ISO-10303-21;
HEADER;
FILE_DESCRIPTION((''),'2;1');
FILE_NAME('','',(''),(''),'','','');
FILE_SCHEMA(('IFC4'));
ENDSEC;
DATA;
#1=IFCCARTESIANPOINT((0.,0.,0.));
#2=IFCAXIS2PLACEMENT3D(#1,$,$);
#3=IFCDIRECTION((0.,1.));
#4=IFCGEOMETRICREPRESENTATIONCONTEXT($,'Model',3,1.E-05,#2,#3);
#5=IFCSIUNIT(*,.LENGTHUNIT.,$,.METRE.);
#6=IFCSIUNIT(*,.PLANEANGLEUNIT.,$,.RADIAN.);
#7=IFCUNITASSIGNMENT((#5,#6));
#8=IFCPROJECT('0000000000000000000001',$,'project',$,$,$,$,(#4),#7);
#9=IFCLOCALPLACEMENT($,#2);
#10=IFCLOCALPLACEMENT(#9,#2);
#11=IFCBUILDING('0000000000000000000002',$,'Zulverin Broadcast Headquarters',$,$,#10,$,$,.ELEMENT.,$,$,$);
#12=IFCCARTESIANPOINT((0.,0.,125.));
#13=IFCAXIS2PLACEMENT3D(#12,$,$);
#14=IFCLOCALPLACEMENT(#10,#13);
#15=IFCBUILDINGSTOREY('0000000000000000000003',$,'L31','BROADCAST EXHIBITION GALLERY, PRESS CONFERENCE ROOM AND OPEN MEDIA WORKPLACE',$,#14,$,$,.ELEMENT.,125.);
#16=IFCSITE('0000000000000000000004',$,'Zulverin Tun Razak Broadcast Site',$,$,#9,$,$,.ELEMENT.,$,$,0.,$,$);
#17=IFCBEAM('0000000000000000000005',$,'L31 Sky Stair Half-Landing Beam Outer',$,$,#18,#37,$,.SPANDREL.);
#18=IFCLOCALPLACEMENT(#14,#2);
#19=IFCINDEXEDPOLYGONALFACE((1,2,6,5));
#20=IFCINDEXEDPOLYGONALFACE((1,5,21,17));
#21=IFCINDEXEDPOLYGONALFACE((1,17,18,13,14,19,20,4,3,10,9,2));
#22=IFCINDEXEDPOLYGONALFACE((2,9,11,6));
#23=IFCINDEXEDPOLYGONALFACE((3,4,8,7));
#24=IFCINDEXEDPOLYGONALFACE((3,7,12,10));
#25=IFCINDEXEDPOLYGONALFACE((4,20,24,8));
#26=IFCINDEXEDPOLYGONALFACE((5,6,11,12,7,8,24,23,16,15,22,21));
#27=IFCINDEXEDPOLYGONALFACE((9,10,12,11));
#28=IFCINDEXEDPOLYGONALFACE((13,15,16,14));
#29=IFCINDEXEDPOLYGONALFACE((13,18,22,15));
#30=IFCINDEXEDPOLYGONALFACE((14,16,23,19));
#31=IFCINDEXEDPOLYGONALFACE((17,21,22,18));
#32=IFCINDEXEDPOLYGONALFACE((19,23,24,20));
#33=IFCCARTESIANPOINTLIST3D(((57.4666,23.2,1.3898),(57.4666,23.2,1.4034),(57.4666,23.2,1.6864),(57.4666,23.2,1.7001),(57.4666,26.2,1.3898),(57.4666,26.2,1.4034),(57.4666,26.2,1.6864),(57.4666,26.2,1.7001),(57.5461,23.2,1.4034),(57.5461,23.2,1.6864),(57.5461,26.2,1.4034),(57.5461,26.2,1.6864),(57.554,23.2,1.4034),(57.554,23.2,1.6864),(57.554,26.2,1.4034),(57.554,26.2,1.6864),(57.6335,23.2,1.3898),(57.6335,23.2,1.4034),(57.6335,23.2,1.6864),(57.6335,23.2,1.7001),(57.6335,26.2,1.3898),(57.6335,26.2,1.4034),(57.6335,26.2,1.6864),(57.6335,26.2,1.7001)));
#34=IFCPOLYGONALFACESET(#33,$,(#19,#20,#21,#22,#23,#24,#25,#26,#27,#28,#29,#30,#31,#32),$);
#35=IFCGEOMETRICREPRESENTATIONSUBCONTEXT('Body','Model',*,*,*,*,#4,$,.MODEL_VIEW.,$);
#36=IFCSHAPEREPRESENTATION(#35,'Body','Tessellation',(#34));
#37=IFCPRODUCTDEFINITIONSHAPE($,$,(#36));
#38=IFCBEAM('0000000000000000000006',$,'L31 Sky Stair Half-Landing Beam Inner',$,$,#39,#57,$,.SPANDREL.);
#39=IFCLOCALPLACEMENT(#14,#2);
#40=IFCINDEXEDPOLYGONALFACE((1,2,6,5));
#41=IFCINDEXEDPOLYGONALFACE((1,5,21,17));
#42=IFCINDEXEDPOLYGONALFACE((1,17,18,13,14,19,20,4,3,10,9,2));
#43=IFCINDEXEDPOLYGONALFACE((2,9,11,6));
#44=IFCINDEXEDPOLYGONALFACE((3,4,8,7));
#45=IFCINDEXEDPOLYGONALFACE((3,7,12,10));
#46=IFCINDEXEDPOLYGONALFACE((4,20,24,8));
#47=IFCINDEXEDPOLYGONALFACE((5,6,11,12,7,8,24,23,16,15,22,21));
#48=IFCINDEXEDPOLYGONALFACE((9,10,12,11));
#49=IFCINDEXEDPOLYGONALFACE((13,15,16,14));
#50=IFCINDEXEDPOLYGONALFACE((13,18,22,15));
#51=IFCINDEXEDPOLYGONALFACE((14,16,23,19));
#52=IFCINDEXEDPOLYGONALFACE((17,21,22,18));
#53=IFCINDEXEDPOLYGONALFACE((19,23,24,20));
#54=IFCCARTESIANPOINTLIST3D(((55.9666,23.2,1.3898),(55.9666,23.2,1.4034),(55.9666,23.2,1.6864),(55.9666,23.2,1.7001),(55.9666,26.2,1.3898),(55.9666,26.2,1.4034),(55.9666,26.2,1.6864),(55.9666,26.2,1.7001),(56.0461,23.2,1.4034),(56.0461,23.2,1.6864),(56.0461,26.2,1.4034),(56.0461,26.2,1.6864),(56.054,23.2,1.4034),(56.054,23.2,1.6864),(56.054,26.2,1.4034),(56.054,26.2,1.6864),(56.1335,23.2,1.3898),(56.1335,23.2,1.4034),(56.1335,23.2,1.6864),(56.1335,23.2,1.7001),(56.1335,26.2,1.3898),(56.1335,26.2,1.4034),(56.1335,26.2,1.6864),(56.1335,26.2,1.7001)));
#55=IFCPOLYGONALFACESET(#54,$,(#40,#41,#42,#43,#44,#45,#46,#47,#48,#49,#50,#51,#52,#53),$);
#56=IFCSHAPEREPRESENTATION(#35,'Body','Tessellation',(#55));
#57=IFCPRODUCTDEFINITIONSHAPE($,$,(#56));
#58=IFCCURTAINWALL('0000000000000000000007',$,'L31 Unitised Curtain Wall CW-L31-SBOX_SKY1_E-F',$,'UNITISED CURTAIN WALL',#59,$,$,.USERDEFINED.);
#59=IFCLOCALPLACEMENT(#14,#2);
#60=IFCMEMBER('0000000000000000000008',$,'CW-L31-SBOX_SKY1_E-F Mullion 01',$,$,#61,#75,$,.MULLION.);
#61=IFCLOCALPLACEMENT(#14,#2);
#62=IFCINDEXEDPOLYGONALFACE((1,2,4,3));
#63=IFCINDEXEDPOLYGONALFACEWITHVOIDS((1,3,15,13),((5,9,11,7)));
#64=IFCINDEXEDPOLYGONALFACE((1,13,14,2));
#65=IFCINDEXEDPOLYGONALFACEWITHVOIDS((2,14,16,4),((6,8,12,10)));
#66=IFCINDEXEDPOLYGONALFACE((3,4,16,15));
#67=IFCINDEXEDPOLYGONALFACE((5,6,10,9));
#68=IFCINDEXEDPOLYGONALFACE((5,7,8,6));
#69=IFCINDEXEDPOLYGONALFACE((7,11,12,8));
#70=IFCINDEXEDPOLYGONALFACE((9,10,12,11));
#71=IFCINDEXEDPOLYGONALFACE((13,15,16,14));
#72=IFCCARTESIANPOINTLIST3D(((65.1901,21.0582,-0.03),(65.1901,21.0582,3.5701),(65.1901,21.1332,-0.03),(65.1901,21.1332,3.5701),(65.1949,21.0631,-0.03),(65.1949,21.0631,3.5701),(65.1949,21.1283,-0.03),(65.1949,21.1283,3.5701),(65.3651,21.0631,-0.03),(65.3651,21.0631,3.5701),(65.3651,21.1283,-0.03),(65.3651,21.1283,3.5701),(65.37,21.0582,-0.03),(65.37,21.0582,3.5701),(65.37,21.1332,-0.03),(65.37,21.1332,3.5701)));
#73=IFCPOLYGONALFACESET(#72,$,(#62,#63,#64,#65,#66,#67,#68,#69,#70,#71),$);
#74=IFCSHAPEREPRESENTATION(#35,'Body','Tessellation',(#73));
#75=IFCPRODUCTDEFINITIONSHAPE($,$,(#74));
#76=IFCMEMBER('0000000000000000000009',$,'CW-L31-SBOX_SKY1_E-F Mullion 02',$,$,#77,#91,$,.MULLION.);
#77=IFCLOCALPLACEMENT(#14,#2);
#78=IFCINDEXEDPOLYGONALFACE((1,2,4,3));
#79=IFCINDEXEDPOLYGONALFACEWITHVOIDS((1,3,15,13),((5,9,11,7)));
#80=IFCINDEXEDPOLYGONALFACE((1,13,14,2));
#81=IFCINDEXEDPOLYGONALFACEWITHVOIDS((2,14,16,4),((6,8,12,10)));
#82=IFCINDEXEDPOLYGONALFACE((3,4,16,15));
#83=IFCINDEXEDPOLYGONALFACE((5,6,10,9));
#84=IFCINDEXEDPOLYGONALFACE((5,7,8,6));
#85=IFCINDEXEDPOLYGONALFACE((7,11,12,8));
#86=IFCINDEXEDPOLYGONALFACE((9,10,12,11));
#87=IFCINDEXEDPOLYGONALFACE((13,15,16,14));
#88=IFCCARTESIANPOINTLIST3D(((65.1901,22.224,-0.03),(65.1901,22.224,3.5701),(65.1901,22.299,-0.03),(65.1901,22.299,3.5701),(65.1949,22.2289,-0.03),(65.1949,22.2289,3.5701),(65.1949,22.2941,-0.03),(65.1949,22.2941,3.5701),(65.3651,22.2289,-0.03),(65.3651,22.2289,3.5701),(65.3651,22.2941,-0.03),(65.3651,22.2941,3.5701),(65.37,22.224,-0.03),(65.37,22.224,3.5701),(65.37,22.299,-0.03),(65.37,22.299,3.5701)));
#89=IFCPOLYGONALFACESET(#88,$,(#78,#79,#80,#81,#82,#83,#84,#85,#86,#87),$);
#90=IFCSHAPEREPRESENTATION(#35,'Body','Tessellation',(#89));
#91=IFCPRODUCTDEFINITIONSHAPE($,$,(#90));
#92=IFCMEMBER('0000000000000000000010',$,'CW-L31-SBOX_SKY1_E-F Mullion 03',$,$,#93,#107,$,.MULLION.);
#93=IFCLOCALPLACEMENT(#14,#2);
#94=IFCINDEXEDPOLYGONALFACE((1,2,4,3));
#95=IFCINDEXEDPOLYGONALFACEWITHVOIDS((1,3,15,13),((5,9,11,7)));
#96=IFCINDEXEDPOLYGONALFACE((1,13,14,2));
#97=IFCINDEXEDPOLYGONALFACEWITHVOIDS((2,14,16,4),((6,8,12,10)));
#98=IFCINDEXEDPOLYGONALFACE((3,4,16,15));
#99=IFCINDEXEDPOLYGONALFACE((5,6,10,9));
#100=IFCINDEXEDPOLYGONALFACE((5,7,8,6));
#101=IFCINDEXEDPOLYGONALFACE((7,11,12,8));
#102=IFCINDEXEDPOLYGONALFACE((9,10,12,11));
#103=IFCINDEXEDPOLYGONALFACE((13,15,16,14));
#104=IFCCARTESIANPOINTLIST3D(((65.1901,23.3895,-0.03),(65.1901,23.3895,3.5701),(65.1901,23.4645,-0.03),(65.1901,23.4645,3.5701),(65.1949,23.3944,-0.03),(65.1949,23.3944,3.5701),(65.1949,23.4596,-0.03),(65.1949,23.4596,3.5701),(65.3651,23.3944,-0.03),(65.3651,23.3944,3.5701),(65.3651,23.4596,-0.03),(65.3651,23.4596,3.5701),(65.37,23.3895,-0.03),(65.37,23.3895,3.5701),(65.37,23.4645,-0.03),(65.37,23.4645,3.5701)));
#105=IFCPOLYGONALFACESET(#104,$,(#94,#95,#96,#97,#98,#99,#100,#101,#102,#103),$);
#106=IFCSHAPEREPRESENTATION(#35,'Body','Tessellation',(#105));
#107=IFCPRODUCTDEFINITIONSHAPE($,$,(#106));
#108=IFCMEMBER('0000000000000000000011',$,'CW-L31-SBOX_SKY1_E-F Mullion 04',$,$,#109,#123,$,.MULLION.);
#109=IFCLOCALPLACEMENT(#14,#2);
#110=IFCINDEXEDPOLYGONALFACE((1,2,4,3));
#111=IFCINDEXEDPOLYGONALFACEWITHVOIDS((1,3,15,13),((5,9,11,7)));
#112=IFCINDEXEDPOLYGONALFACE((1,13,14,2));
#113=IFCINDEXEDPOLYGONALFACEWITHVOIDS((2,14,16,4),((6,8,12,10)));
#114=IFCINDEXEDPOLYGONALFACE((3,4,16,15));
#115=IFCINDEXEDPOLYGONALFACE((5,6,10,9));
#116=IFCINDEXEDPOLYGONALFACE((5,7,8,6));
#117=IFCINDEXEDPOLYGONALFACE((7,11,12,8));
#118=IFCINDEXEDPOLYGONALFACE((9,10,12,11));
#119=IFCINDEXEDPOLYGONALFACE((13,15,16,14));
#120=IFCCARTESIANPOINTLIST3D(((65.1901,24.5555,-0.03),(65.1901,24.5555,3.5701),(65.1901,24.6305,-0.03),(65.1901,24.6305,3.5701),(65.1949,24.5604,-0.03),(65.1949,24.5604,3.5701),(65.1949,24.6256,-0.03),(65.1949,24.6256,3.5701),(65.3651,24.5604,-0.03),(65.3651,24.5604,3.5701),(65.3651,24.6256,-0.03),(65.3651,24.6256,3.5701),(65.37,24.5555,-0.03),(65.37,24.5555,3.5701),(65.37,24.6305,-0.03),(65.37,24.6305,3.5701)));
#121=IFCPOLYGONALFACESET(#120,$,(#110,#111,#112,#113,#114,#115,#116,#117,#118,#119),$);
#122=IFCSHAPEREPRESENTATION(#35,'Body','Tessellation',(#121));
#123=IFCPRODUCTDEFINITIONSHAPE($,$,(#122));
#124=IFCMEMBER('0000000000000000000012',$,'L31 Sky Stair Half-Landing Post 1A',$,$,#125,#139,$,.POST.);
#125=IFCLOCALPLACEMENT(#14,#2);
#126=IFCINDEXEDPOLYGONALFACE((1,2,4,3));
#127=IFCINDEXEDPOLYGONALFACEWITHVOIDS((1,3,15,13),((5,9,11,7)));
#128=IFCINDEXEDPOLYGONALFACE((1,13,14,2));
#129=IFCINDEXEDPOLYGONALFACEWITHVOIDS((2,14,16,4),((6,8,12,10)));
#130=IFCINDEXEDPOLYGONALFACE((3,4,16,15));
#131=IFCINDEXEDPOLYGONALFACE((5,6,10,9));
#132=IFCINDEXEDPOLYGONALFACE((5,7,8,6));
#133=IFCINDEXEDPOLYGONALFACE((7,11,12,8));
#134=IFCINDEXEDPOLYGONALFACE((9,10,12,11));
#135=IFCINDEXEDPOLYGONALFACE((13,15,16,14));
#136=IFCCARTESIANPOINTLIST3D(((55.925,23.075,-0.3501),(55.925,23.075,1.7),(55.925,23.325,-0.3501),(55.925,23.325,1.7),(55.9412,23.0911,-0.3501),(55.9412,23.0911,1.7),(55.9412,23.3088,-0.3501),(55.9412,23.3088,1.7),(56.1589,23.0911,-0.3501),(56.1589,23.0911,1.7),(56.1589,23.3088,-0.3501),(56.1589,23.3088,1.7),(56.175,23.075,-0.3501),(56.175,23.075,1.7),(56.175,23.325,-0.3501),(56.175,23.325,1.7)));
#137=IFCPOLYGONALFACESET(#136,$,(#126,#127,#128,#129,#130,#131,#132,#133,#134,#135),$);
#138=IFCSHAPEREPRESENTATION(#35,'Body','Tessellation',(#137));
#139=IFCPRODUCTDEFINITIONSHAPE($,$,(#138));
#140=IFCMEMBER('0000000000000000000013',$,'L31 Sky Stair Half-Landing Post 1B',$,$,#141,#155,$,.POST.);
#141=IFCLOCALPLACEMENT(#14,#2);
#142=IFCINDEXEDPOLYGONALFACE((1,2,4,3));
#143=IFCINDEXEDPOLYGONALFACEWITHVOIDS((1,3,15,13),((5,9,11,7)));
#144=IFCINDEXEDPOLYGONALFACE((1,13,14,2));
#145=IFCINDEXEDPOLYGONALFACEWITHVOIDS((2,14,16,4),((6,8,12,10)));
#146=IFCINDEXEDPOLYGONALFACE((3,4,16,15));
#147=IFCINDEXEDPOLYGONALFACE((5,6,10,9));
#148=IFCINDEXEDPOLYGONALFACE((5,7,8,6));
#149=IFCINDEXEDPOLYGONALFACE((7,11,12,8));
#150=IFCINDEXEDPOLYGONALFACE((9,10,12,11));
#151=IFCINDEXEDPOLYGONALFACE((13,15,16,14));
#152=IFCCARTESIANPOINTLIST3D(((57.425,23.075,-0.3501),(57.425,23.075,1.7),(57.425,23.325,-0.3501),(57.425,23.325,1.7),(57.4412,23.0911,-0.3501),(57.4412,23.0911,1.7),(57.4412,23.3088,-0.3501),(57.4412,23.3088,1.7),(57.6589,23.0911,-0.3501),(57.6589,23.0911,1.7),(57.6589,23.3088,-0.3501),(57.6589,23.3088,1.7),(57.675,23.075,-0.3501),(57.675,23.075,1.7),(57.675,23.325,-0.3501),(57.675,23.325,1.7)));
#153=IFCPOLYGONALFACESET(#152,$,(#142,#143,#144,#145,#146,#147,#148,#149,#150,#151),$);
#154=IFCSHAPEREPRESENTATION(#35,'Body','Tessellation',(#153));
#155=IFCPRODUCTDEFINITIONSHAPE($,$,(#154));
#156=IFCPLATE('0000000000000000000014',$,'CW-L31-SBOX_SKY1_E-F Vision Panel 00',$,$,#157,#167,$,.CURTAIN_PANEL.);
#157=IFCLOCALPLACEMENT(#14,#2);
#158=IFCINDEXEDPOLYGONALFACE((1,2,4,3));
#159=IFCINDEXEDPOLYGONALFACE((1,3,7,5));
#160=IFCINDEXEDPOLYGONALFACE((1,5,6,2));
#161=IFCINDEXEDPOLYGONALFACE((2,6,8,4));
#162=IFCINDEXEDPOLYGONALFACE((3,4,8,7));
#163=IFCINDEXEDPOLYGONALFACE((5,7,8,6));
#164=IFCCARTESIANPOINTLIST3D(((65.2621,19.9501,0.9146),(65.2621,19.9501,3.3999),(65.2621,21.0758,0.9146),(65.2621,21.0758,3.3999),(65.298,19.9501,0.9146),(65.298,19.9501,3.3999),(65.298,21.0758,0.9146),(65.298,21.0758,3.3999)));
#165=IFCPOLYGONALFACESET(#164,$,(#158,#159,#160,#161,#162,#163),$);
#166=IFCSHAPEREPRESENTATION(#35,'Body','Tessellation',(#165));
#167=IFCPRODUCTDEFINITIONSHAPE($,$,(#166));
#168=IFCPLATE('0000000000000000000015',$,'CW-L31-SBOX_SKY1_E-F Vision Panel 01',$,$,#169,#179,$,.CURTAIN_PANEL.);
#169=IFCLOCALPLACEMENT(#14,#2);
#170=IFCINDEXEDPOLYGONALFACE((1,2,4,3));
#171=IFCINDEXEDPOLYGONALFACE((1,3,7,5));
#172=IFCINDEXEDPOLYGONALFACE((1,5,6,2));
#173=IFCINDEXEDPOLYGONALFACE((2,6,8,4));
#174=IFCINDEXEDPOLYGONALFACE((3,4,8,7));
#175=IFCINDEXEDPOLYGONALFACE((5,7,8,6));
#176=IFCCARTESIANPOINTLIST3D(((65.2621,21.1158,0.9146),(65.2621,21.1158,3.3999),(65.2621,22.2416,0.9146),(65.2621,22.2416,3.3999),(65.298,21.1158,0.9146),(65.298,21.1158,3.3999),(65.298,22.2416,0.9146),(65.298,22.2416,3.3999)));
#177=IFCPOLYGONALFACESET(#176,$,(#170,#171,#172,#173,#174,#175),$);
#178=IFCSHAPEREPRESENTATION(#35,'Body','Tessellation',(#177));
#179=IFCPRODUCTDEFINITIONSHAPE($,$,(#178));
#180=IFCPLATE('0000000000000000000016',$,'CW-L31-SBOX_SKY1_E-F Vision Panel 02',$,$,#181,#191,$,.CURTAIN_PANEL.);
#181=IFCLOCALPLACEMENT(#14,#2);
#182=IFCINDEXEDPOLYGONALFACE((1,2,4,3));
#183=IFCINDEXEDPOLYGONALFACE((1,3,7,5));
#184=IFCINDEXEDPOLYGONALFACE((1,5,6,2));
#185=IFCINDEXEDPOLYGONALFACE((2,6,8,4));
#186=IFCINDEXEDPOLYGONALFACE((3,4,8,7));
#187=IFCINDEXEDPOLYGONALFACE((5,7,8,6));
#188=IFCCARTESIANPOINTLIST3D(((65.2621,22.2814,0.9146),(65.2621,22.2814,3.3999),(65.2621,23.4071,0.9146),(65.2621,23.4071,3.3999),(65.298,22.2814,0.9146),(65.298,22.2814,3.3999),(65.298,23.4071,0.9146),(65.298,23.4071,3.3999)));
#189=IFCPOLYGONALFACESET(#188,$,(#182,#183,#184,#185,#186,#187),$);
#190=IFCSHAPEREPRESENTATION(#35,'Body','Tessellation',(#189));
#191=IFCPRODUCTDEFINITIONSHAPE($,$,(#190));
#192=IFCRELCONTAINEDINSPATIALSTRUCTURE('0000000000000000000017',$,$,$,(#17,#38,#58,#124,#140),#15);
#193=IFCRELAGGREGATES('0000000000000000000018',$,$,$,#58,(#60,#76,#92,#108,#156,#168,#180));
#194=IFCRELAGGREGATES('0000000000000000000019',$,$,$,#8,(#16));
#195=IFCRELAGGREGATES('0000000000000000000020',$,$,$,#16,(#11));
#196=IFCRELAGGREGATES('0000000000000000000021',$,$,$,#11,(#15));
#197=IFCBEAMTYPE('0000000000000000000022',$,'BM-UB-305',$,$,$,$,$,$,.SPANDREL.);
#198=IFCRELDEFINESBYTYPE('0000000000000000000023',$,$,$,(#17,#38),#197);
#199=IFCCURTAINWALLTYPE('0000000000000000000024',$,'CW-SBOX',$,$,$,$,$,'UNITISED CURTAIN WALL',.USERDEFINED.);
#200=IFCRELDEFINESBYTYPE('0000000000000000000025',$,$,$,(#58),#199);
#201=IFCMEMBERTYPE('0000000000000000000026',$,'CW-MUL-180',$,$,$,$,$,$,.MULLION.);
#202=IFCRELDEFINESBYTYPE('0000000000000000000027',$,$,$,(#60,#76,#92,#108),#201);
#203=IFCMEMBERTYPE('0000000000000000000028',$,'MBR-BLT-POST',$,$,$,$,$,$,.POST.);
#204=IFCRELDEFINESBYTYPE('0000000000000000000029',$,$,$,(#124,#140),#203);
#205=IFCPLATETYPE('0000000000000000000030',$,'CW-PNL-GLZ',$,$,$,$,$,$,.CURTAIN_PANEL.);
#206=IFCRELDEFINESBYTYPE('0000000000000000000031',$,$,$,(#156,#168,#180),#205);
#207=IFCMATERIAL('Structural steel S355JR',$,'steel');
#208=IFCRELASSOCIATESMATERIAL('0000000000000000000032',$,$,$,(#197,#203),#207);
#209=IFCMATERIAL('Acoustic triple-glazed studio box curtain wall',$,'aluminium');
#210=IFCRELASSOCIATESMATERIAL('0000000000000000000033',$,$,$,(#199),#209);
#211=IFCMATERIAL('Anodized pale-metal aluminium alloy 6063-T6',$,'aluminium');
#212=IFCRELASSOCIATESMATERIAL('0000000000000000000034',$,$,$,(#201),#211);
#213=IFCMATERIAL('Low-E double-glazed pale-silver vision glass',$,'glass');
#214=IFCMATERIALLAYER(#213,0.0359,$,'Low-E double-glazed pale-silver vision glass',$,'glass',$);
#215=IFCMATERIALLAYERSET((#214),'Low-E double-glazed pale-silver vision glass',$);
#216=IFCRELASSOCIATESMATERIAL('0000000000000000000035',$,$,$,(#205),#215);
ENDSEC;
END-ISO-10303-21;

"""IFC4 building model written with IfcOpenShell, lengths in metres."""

from ifc_helpers import new_model, si_unit, direction, frame, origin, origin_2d, place, context, subcontext, project, spatial, rectangle, hollow_rectangle, i_section, extrude, material, layer, layer_set, material_profile, profile_set, type_object, element, aggregate, save


model = new_model("IFC4")

# Units and contexts
model_context = context("Model", 3, precision=1e-05, world=origin(), true_north=direction((0.0, 1.0)))
body_context = subcontext(model_context, "Body", "Model", "MODEL_VIEW")
ifc_project = project(units=[si_unit("LENGTHUNIT", "METRE"), si_unit("PLANEANGLEUNIT", "RADIAN")], contexts=[model_context])

# Site, building, storey
site_placement = place(None, origin())
site = spatial("IfcSite", under=ifc_project, at=site_placement, Name="Zulverin Tun Razak Broadcast Site", CompositionType="ELEMENT", RefElevation=0.0)
building_placement = place(site_placement, origin())
building = spatial("IfcBuilding", under=site, at=building_placement, Name="Zulverin Broadcast Headquarters", CompositionType="ELEMENT")
storey_placement = place(building_placement, frame((0.0, 0.0, 125.0)))
storey = spatial("IfcBuildingStorey", under=building, at=storey_placement, Name="L31", Description="BROADCAST EXHIBITION GALLERY, PRESS CONFERENCE ROOM AND OPEN MEDIA WORKPLACE", CompositionType="ELEMENT", Elevation=125.0)

# Beams
ifc_material_1 = material(Name="Structural steel S355JR", Category="steel")
ifc_material_profile_1 = material_profile(ifc_material_1, i_section(OverallWidth=0.167, OverallDepth=0.3103, WebThickness=0.0078, FlangeThickness=0.0137, at=origin_2d()), Name="Structural steel S355JR", Category="steel")
ifc_profile_set_1 = profile_set([ifc_material_profile_1], Name="Structural steel S355JR")
beam_type = type_object("IfcBeamType", Name="BM-UB-305", PredefinedType="SPANDREL", material=ifc_profile_set_1)
for number, where, z_axis, x_axis, name in (
    (1, (57.55, 23.2, 1.5449), (0.0, 1.0, 0.0), (-1.0, 0.0, 0.0), "L31 Sky Stair Half-Landing Beam Outer"),
    (2, (56.05, 23.2, 1.5449), (0.0, 1.0, 0.0), (-1.0, 0.0, 0.0), "L31 Sky Stair Half-Landing Beam Inner"),
):
    element("IfcBeam", number, at=place(storey_placement, frame(where, z_axis=z_axis, x_axis=x_axis)), inside=storey, type_object=beam_type, Name=name, PredefinedType="SPANDREL", context=body_context, shape_type="SweptSolid", body=[
        extrude(i_section(OverallWidth=0.167, OverallDepth=0.3103, WebThickness=0.0078, FlangeThickness=0.0137, at=origin_2d()), origin(), (0.0, 0.0, 1.0), 3.0),
    ])

# Curtain wall, members
ifc_material_2 = material(Name="Acoustic triple-glazed studio box curtain wall", Category="aluminium")
curtain_wall_type = type_object("IfcCurtainWallType", Name="CW-SBOX", ElementType="UNITISED CURTAIN WALL", PredefinedType="USERDEFINED", material=ifc_material_2)
curtain_wall_placement = place(storey_placement, origin())
curtain_wall = element("IfcCurtainWall", 3, at=curtain_wall_placement, inside=storey, type_object=curtain_wall_type, Name="L31 Unitised Curtain Wall CW-L31-SBOX_SKY1_E-F", ObjectType="UNITISED CURTAIN WALL", PredefinedType="USERDEFINED")
ifc_material_3 = material(Name="Anodized pale-metal aluminium alloy 6063-T6", Category="aluminium")
ifc_material_profile_2 = material_profile(ifc_material_3, hollow_rectangle(XDim=0.075, YDim=0.1799, WallThickness=0.0049, at=origin_2d()), Name="Anodized pale-metal aluminium alloy 6063-T6", Category="aluminium")
ifc_profile_set_2 = profile_set([ifc_material_profile_2], Name="Anodized pale-metal aluminium alloy 6063-T6")
member_type_1 = type_object("IfcMemberType", Name="CW-MUL-180", PredefinedType="MULLION", material=ifc_profile_set_2)
member_1_placement = place(storey_placement, frame((65.28, 21.0957, -0.03), z_axis=(0.0, 0.0, 1.0), x_axis=(0.0, 1.0, 0.0)))
member_1 = element("IfcMember", 4, at=member_1_placement, type_object=member_type_1, Name="CW-L31-SBOX_SKY1_E-F Mullion 01", PredefinedType="MULLION", context=body_context, shape_type="SweptSolid", body=[
    extrude(hollow_rectangle(XDim=0.075, YDim=0.1799, WallThickness=0.0049, at=origin_2d()), origin(), (0.0, 0.0, 1.0), 3.6001),
])
member_2_placement = place(storey_placement, frame((65.28, 22.2615, -0.03), z_axis=(0.0, 0.0, 1.0), x_axis=(0.0, 1.0, 0.0)))
member_2 = element("IfcMember", 5, at=member_2_placement, type_object=member_type_1, Name="CW-L31-SBOX_SKY1_E-F Mullion 02", PredefinedType="MULLION", context=body_context, shape_type="SweptSolid", body=[
    extrude(hollow_rectangle(XDim=0.075, YDim=0.1799, WallThickness=0.0049, at=origin_2d()), origin(), (0.0, 0.0, 1.0), 3.6001),
])
member_3_placement = place(storey_placement, frame((65.28, 23.427, -0.03), z_axis=(0.0, 0.0, 1.0), x_axis=(0.0, 1.0, 0.0)))
member_3 = element("IfcMember", 6, at=member_3_placement, type_object=member_type_1, Name="CW-L31-SBOX_SKY1_E-F Mullion 03", PredefinedType="MULLION", context=body_context, shape_type="SweptSolid", body=[
    extrude(hollow_rectangle(XDim=0.075, YDim=0.1799, WallThickness=0.0049, at=origin_2d()), origin(), (0.0, 0.0, 1.0), 3.6001),
])
member_4_placement = place(storey_placement, frame((65.28, 24.593, -0.03), z_axis=(0.0, 0.0, 1.0), x_axis=(0.0, 1.0, 0.0)))
member_4 = element("IfcMember", 7, at=member_4_placement, type_object=member_type_1, Name="CW-L31-SBOX_SKY1_E-F Mullion 04", PredefinedType="MULLION", context=body_context, shape_type="SweptSolid", body=[
    extrude(hollow_rectangle(XDim=0.075, YDim=0.1799, WallThickness=0.0049, at=origin_2d()), origin(), (0.0, 0.0, 1.0), 3.6001),
])

# Members
ifc_material_profile_3 = material_profile(ifc_material_1, hollow_rectangle(XDim=0.25, YDim=0.25, WallThickness=0.0161, at=origin_2d()), Name="Structural steel S355JR", Category="steel")
ifc_profile_set_3 = profile_set([ifc_material_profile_3], Name="Structural steel S355JR")
member_type_2 = type_object("IfcMemberType", Name="MBR-BLT-POST", PredefinedType="POST", material=ifc_profile_set_3)
for number, where, z_axis, x_axis, name in (
    (8, (56.05, 23.2, -0.3501), (0.0, 0.0, 1.0), (1.0, 0.0, 0.0), "L31 Sky Stair Half-Landing Post 1A"),
    (9, (57.55, 23.2, -0.3501), (0.0, 0.0, 1.0), (1.0, 0.0, 0.0), "L31 Sky Stair Half-Landing Post 1B"),
):
    element("IfcMember", number, at=place(storey_placement, frame(where, z_axis=z_axis, x_axis=x_axis)), inside=storey, type_object=member_type_2, Name=name, PredefinedType="POST", context=body_context, shape_type="SweptSolid", body=[
        extrude(hollow_rectangle(XDim=0.25, YDim=0.25, WallThickness=0.0161, at=origin_2d()), origin(), (0.0, 0.0, 1.0), 2.05),
    ])

# Plates
ifc_material_4 = material(Name="Low-E double-glazed pale-silver vision glass", Category="glass")
ifc_layer_1 = layer(ifc_material_4, 0.0359, Name="Low-E double-glazed pale-silver vision glass", Category="glass")
ifc_layer_set_1 = layer_set([ifc_layer_1], Name="Low-E double-glazed pale-silver vision glass")
plate_type_1 = type_object("IfcPlateType", Name="CW-PNL-GLZ", PredefinedType="CURTAIN_PANEL", material=ifc_layer_set_1)
plate_1_placement = place(storey_placement, frame((65.28, 20.5129, 0.9146), z_axis=(0.0, 0.0, 1.0), x_axis=(0.0, 1.0, 0.0)))
plate_1 = element("IfcPlate", 10, at=plate_1_placement, type_object=plate_type_1, Name="CW-L31-SBOX_SKY1_E-F Vision Panel 00", PredefinedType="CURTAIN_PANEL", context=body_context, shape_type="SweptSolid", body=[
    extrude(rectangle(XDim=1.1257, YDim=0.0359, at=origin_2d()), origin(), (0.0, 0.0, 1.0), 2.4854),
])
plate_2_placement = place(storey_placement, frame((65.28, 21.6787, 0.9146), z_axis=(0.0, 0.0, 1.0), x_axis=(0.0, 1.0, 0.0)))
plate_2 = element("IfcPlate", 11, at=plate_2_placement, type_object=plate_type_1, Name="CW-L31-SBOX_SKY1_E-F Vision Panel 01", PredefinedType="CURTAIN_PANEL", context=body_context, shape_type="SweptSolid", body=[
    extrude(rectangle(XDim=1.1257, YDim=0.0359, at=origin_2d()), origin(), (0.0, 0.0, 1.0), 2.4854),
])
plate_3_placement = place(storey_placement, frame((65.28, 22.8442, 0.9146), z_axis=(0.0, 0.0, 1.0), x_axis=(0.0, 1.0, 0.0)))
plate_3 = element("IfcPlate", 12, at=plate_3_placement, type_object=plate_type_1, Name="CW-L31-SBOX_SKY1_E-F Vision Panel 02", PredefinedType="CURTAIN_PANEL", context=body_context, shape_type="SweptSolid", body=[
    extrude(rectangle(XDim=1.1257, YDim=0.0359, at=origin_2d()), origin(), (0.0, 0.0, 1.0), 2.4854),
])
aggregate(curtain_wall, [member_1, member_2, member_3, member_4, plate_1, plate_2, plate_3])

save(model, "model.ifc")
